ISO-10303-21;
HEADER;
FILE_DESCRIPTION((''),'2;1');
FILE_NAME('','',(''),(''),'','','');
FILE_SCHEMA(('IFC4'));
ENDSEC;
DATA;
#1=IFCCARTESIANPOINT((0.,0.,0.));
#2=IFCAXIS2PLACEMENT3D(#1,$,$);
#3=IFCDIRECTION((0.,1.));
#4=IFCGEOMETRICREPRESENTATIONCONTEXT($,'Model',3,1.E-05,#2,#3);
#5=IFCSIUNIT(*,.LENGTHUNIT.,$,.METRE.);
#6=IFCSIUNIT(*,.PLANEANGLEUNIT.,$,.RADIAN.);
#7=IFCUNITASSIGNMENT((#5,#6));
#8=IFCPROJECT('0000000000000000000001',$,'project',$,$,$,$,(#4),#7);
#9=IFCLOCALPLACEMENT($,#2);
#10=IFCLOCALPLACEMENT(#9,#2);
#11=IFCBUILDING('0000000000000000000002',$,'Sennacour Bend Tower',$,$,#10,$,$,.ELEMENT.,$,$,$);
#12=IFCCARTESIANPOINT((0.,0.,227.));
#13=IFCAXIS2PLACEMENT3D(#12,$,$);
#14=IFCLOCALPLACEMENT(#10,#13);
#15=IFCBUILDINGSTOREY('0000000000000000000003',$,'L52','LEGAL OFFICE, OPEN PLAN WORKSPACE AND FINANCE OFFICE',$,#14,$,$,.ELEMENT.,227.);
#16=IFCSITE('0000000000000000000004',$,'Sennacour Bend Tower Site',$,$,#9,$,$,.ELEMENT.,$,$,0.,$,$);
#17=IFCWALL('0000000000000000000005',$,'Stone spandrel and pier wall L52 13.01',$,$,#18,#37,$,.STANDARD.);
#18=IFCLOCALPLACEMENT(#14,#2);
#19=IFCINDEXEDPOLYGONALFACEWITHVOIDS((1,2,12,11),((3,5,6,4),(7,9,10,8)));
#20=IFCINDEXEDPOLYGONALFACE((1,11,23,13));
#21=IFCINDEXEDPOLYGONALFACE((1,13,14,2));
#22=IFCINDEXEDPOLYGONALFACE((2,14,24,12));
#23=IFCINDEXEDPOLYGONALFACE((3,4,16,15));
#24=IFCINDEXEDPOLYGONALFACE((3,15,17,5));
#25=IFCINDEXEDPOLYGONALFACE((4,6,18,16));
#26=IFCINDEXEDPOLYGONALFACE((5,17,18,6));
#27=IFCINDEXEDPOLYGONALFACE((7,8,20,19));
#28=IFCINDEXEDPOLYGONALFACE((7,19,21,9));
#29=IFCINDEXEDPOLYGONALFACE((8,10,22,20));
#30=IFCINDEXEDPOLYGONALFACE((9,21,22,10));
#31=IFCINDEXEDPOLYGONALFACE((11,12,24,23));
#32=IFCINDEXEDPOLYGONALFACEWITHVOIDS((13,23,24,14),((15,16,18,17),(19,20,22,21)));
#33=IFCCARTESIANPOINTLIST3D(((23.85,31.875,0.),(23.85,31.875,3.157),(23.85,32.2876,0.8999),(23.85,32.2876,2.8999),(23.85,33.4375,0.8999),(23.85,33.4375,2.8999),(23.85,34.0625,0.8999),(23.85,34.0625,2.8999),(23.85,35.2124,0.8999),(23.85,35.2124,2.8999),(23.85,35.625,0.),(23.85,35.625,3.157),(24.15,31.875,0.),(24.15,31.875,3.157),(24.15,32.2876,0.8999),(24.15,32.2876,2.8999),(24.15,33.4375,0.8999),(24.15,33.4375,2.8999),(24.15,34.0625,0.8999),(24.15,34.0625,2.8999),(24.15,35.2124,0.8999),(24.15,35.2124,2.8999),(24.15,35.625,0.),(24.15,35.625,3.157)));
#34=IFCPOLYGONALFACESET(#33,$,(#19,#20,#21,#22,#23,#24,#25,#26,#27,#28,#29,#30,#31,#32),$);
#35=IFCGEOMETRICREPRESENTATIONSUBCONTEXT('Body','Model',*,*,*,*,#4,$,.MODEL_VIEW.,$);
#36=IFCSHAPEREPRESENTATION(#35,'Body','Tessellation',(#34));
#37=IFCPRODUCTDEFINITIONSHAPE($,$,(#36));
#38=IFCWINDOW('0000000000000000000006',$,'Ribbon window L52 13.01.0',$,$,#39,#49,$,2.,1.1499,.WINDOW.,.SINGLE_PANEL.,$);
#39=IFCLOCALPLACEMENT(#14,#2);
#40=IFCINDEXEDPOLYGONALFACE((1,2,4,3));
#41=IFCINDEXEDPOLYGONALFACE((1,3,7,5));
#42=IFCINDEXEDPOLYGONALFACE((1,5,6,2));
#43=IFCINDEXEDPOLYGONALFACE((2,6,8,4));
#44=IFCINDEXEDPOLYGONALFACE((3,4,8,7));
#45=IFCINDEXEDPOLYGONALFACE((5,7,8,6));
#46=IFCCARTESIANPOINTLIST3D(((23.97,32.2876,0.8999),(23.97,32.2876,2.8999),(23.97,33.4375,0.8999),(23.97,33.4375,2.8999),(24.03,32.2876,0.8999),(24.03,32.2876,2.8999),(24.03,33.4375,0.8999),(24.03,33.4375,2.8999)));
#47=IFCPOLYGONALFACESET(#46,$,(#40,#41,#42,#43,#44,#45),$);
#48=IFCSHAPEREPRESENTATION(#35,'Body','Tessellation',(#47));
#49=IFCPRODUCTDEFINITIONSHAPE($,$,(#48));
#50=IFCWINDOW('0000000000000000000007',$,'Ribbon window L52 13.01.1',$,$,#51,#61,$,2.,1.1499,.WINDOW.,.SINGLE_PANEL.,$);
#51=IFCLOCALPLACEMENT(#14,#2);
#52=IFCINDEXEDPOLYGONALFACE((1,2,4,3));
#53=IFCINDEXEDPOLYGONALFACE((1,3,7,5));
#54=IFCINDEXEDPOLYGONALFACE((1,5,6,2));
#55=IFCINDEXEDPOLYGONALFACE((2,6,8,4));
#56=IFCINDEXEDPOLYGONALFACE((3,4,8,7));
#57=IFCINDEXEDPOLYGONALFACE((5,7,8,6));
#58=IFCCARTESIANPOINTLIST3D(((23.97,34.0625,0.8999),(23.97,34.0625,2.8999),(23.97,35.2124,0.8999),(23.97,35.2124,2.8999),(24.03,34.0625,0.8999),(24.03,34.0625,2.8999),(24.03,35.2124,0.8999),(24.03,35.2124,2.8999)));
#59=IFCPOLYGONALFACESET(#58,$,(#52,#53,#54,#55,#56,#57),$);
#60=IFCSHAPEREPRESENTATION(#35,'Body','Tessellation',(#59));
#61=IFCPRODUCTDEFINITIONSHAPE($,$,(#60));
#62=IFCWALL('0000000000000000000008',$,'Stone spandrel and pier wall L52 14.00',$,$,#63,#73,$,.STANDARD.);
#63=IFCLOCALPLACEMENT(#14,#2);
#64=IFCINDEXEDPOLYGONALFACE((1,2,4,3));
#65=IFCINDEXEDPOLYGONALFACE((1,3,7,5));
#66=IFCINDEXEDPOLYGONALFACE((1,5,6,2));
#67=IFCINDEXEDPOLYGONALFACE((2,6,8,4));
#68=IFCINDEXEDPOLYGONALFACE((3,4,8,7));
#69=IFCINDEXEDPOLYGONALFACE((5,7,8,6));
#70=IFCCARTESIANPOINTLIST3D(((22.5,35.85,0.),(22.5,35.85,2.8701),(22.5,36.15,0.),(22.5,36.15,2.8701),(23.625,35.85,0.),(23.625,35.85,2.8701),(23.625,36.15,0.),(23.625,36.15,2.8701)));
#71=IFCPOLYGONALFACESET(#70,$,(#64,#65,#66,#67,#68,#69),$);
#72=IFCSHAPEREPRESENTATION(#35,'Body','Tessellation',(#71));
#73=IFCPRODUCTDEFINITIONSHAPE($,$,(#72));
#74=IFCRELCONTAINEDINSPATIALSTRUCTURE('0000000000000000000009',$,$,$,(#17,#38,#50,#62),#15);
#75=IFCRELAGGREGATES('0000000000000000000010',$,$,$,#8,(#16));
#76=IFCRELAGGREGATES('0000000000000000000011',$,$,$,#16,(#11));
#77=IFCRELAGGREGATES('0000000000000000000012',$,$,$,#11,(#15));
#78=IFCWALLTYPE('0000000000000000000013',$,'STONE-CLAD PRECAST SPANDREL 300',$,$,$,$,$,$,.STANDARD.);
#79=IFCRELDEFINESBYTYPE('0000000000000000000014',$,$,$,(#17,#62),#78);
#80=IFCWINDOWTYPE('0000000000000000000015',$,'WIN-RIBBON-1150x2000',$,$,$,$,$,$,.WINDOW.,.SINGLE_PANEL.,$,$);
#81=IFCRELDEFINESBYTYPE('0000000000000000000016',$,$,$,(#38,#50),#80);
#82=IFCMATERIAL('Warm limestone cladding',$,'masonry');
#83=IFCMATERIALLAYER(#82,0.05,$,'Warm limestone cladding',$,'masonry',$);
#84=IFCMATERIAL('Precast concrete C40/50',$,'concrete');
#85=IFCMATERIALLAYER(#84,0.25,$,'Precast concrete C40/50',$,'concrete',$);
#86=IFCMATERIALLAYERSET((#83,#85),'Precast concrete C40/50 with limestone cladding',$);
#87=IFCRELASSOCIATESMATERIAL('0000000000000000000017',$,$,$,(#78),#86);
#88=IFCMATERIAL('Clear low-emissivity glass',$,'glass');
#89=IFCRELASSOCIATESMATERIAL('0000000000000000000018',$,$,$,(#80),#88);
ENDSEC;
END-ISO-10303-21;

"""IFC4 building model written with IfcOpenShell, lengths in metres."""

from ifc_helpers import new_model, si_unit, direction, frame, frame_2d, origin, place, context, subcontext, project, spatial, rectangle, extrude, material, layer, layer_set, type_object, element, fill, save


model = new_model("IFC4")

# Units and contexts
model_context = context("Model", 3, precision=1e-05, world=origin(), true_north=direction((0.0, 1.0)))
body_context = subcontext(model_context, "Body", "Model", "MODEL_VIEW")
ifc_project = project(units=[si_unit("LENGTHUNIT", "METRE"), si_unit("PLANEANGLEUNIT", "RADIAN")], contexts=[model_context])

# Site, building, storey
site_placement = place(None, origin())
site = spatial("IfcSite", under=ifc_project, at=site_placement, Name="Sennacour Bend Tower Site", CompositionType="ELEMENT", RefElevation=0.0)
building_placement = place(site_placement, origin())
building = spatial("IfcBuilding", under=site, at=building_placement, Name="Sennacour Bend Tower", CompositionType="ELEMENT")
storey_placement = place(building_placement, frame((0.0, 0.0, 227.0)))
storey = spatial("IfcBuildingStorey", under=building, at=storey_placement, Name="L52", Description="LEGAL OFFICE, OPEN PLAN WORKSPACE AND FINANCE OFFICE", CompositionType="ELEMENT", Elevation=227.0)

# Shared definitions
ifc_material_1 = material(Name="Warm limestone cladding", Category="masonry")
ifc_layer_1 = layer(ifc_material_1, 0.05, Name="Warm limestone cladding", Category="masonry")
ifc_material_2 = material(Name="Precast concrete C40/50", Category="concrete")
ifc_layer_2 = layer(ifc_material_2, 0.25, Name="Precast concrete C40/50", Category="concrete")
ifc_layer_set = layer_set([ifc_layer_1, ifc_layer_2], Name="Precast concrete C40/50 with limestone cladding")
wall_type = type_object("IfcWallType", Name="STONE-CLAD PRECAST SPANDREL 300", PredefinedType="STANDARD", material=ifc_layer_set)
ifc_material_3 = material(Name="Clear low-emissivity glass", Category="glass")

# Wall, openings, windows
window_type_1 = type_object("IfcWindowType", Name="WIN-RIBBON-1150x2000", PartitioningType="SINGLE_PANEL", PredefinedType="WINDOW", material=ifc_material_3)
wall_1_placement = place(storey_placement, frame((24.0, 31.875, 0.0), z_axis=(0.0, 0.0, 1.0), x_axis=(0.0, 1.0, 0.0)))
wall_1 = element("IfcWall", 1, at=wall_1_placement, inside=storey, type_object=wall_type, Name="Stone spandrel and pier wall L52 13.01", PredefinedType="STANDARD", context=body_context, shape_type="SweptSolid", body=[
    extrude(rectangle(XDim=3.75, YDim=0.3, at=frame_2d((1.875, 0.0))), origin(), (0.0, 0.0, 1.0), 3.157),
])
opening_1_placement = place(wall_1_placement, frame((0.4126, 0.0, 0.8999)))
opening_1 = element("IfcOpeningElement", 2, at=opening_1_placement, cuts=wall_1, PredefinedType="OPENING", context=body_context, shape_type="SweptSolid", body=[
    extrude(rectangle(XDim=1.1499, YDim=2.0, at=frame_2d((0.575, 1.0))), frame((0.0, 0.1602, 0.0), z_axis=(0.0, -1.0, 0.0), x_axis=(1.0, 0.0, 0.0)), (0.0, 0.0, 1.0), 0.3201),
])
opening_2_placement = place(wall_1_placement, frame((2.1875, 0.0, 0.8999)))
opening_2 = element("IfcOpeningElement", 3, at=opening_2_placement, cuts=wall_1, PredefinedType="OPENING", context=body_context, shape_type="SweptSolid", body=[
    extrude(rectangle(XDim=1.1499, YDim=2.0, at=frame_2d((0.575, 1.0))), frame((0.0, 0.1602, 0.0), z_axis=(0.0, -1.0, 0.0), x_axis=(1.0, 0.0, 0.0)), (0.0, 0.0, 1.0), 0.3201),
])
window_1_placement = place(opening_1_placement, origin())
window_1 = element("IfcWindow", 4, at=window_1_placement, inside=storey, type_object=window_type_1, Name="Ribbon window L52 13.01.0", OverallHeight=2.0, OverallWidth=1.1499, PartitioningType="SINGLE_PANEL", PredefinedType="WINDOW", context=body_context, shape_type="SweptSolid", body=[
    extrude(rectangle(XDim=1.1499, YDim=2.0, at=frame_2d((0.575, 1.0))), frame((0.0, 0.03, 0.0), z_axis=(0.0, -1.0, 0.0), x_axis=(1.0, 0.0, 0.0)), (0.0, 0.0, 1.0), 0.0601),
])
fill(opening_1, window_1)
window_2_placement = place(opening_2_placement, origin())
window_2 = element("IfcWindow", 5, at=window_2_placement, inside=storey, type_object=window_type_1, Name="Ribbon window L52 13.01.1", OverallHeight=2.0, OverallWidth=1.1499, PartitioningType="SINGLE_PANEL", PredefinedType="WINDOW", context=body_context, shape_type="SweptSolid", body=[
    extrude(rectangle(XDim=1.1499, YDim=2.0, at=frame_2d((0.575, 1.0))), frame((0.0, 0.03, 0.0), z_axis=(0.0, -1.0, 0.0), x_axis=(1.0, 0.0, 0.0)), (0.0, 0.0, 1.0), 0.0601),
])
fill(opening_2, window_2)

# Wall
wall_2_placement = place(storey_placement, frame((23.625, 36.0, 0.0), z_axis=(0.0, 0.0, 1.0), x_axis=(-1.0, 0.0, 0.0)))
element("IfcWall", 6, at=wall_2_placement, inside=storey, type_object=wall_type, Name="Stone spandrel and pier wall L52 14.00", PredefinedType="STANDARD", context=body_context, shape_type="SweptSolid", body=[
    extrude(rectangle(XDim=1.125, YDim=0.3, at=frame_2d((0.5625, 0.0))), origin(), (0.0, 0.0, 1.0), 2.8701),
])

save(model, "model.ifc")
